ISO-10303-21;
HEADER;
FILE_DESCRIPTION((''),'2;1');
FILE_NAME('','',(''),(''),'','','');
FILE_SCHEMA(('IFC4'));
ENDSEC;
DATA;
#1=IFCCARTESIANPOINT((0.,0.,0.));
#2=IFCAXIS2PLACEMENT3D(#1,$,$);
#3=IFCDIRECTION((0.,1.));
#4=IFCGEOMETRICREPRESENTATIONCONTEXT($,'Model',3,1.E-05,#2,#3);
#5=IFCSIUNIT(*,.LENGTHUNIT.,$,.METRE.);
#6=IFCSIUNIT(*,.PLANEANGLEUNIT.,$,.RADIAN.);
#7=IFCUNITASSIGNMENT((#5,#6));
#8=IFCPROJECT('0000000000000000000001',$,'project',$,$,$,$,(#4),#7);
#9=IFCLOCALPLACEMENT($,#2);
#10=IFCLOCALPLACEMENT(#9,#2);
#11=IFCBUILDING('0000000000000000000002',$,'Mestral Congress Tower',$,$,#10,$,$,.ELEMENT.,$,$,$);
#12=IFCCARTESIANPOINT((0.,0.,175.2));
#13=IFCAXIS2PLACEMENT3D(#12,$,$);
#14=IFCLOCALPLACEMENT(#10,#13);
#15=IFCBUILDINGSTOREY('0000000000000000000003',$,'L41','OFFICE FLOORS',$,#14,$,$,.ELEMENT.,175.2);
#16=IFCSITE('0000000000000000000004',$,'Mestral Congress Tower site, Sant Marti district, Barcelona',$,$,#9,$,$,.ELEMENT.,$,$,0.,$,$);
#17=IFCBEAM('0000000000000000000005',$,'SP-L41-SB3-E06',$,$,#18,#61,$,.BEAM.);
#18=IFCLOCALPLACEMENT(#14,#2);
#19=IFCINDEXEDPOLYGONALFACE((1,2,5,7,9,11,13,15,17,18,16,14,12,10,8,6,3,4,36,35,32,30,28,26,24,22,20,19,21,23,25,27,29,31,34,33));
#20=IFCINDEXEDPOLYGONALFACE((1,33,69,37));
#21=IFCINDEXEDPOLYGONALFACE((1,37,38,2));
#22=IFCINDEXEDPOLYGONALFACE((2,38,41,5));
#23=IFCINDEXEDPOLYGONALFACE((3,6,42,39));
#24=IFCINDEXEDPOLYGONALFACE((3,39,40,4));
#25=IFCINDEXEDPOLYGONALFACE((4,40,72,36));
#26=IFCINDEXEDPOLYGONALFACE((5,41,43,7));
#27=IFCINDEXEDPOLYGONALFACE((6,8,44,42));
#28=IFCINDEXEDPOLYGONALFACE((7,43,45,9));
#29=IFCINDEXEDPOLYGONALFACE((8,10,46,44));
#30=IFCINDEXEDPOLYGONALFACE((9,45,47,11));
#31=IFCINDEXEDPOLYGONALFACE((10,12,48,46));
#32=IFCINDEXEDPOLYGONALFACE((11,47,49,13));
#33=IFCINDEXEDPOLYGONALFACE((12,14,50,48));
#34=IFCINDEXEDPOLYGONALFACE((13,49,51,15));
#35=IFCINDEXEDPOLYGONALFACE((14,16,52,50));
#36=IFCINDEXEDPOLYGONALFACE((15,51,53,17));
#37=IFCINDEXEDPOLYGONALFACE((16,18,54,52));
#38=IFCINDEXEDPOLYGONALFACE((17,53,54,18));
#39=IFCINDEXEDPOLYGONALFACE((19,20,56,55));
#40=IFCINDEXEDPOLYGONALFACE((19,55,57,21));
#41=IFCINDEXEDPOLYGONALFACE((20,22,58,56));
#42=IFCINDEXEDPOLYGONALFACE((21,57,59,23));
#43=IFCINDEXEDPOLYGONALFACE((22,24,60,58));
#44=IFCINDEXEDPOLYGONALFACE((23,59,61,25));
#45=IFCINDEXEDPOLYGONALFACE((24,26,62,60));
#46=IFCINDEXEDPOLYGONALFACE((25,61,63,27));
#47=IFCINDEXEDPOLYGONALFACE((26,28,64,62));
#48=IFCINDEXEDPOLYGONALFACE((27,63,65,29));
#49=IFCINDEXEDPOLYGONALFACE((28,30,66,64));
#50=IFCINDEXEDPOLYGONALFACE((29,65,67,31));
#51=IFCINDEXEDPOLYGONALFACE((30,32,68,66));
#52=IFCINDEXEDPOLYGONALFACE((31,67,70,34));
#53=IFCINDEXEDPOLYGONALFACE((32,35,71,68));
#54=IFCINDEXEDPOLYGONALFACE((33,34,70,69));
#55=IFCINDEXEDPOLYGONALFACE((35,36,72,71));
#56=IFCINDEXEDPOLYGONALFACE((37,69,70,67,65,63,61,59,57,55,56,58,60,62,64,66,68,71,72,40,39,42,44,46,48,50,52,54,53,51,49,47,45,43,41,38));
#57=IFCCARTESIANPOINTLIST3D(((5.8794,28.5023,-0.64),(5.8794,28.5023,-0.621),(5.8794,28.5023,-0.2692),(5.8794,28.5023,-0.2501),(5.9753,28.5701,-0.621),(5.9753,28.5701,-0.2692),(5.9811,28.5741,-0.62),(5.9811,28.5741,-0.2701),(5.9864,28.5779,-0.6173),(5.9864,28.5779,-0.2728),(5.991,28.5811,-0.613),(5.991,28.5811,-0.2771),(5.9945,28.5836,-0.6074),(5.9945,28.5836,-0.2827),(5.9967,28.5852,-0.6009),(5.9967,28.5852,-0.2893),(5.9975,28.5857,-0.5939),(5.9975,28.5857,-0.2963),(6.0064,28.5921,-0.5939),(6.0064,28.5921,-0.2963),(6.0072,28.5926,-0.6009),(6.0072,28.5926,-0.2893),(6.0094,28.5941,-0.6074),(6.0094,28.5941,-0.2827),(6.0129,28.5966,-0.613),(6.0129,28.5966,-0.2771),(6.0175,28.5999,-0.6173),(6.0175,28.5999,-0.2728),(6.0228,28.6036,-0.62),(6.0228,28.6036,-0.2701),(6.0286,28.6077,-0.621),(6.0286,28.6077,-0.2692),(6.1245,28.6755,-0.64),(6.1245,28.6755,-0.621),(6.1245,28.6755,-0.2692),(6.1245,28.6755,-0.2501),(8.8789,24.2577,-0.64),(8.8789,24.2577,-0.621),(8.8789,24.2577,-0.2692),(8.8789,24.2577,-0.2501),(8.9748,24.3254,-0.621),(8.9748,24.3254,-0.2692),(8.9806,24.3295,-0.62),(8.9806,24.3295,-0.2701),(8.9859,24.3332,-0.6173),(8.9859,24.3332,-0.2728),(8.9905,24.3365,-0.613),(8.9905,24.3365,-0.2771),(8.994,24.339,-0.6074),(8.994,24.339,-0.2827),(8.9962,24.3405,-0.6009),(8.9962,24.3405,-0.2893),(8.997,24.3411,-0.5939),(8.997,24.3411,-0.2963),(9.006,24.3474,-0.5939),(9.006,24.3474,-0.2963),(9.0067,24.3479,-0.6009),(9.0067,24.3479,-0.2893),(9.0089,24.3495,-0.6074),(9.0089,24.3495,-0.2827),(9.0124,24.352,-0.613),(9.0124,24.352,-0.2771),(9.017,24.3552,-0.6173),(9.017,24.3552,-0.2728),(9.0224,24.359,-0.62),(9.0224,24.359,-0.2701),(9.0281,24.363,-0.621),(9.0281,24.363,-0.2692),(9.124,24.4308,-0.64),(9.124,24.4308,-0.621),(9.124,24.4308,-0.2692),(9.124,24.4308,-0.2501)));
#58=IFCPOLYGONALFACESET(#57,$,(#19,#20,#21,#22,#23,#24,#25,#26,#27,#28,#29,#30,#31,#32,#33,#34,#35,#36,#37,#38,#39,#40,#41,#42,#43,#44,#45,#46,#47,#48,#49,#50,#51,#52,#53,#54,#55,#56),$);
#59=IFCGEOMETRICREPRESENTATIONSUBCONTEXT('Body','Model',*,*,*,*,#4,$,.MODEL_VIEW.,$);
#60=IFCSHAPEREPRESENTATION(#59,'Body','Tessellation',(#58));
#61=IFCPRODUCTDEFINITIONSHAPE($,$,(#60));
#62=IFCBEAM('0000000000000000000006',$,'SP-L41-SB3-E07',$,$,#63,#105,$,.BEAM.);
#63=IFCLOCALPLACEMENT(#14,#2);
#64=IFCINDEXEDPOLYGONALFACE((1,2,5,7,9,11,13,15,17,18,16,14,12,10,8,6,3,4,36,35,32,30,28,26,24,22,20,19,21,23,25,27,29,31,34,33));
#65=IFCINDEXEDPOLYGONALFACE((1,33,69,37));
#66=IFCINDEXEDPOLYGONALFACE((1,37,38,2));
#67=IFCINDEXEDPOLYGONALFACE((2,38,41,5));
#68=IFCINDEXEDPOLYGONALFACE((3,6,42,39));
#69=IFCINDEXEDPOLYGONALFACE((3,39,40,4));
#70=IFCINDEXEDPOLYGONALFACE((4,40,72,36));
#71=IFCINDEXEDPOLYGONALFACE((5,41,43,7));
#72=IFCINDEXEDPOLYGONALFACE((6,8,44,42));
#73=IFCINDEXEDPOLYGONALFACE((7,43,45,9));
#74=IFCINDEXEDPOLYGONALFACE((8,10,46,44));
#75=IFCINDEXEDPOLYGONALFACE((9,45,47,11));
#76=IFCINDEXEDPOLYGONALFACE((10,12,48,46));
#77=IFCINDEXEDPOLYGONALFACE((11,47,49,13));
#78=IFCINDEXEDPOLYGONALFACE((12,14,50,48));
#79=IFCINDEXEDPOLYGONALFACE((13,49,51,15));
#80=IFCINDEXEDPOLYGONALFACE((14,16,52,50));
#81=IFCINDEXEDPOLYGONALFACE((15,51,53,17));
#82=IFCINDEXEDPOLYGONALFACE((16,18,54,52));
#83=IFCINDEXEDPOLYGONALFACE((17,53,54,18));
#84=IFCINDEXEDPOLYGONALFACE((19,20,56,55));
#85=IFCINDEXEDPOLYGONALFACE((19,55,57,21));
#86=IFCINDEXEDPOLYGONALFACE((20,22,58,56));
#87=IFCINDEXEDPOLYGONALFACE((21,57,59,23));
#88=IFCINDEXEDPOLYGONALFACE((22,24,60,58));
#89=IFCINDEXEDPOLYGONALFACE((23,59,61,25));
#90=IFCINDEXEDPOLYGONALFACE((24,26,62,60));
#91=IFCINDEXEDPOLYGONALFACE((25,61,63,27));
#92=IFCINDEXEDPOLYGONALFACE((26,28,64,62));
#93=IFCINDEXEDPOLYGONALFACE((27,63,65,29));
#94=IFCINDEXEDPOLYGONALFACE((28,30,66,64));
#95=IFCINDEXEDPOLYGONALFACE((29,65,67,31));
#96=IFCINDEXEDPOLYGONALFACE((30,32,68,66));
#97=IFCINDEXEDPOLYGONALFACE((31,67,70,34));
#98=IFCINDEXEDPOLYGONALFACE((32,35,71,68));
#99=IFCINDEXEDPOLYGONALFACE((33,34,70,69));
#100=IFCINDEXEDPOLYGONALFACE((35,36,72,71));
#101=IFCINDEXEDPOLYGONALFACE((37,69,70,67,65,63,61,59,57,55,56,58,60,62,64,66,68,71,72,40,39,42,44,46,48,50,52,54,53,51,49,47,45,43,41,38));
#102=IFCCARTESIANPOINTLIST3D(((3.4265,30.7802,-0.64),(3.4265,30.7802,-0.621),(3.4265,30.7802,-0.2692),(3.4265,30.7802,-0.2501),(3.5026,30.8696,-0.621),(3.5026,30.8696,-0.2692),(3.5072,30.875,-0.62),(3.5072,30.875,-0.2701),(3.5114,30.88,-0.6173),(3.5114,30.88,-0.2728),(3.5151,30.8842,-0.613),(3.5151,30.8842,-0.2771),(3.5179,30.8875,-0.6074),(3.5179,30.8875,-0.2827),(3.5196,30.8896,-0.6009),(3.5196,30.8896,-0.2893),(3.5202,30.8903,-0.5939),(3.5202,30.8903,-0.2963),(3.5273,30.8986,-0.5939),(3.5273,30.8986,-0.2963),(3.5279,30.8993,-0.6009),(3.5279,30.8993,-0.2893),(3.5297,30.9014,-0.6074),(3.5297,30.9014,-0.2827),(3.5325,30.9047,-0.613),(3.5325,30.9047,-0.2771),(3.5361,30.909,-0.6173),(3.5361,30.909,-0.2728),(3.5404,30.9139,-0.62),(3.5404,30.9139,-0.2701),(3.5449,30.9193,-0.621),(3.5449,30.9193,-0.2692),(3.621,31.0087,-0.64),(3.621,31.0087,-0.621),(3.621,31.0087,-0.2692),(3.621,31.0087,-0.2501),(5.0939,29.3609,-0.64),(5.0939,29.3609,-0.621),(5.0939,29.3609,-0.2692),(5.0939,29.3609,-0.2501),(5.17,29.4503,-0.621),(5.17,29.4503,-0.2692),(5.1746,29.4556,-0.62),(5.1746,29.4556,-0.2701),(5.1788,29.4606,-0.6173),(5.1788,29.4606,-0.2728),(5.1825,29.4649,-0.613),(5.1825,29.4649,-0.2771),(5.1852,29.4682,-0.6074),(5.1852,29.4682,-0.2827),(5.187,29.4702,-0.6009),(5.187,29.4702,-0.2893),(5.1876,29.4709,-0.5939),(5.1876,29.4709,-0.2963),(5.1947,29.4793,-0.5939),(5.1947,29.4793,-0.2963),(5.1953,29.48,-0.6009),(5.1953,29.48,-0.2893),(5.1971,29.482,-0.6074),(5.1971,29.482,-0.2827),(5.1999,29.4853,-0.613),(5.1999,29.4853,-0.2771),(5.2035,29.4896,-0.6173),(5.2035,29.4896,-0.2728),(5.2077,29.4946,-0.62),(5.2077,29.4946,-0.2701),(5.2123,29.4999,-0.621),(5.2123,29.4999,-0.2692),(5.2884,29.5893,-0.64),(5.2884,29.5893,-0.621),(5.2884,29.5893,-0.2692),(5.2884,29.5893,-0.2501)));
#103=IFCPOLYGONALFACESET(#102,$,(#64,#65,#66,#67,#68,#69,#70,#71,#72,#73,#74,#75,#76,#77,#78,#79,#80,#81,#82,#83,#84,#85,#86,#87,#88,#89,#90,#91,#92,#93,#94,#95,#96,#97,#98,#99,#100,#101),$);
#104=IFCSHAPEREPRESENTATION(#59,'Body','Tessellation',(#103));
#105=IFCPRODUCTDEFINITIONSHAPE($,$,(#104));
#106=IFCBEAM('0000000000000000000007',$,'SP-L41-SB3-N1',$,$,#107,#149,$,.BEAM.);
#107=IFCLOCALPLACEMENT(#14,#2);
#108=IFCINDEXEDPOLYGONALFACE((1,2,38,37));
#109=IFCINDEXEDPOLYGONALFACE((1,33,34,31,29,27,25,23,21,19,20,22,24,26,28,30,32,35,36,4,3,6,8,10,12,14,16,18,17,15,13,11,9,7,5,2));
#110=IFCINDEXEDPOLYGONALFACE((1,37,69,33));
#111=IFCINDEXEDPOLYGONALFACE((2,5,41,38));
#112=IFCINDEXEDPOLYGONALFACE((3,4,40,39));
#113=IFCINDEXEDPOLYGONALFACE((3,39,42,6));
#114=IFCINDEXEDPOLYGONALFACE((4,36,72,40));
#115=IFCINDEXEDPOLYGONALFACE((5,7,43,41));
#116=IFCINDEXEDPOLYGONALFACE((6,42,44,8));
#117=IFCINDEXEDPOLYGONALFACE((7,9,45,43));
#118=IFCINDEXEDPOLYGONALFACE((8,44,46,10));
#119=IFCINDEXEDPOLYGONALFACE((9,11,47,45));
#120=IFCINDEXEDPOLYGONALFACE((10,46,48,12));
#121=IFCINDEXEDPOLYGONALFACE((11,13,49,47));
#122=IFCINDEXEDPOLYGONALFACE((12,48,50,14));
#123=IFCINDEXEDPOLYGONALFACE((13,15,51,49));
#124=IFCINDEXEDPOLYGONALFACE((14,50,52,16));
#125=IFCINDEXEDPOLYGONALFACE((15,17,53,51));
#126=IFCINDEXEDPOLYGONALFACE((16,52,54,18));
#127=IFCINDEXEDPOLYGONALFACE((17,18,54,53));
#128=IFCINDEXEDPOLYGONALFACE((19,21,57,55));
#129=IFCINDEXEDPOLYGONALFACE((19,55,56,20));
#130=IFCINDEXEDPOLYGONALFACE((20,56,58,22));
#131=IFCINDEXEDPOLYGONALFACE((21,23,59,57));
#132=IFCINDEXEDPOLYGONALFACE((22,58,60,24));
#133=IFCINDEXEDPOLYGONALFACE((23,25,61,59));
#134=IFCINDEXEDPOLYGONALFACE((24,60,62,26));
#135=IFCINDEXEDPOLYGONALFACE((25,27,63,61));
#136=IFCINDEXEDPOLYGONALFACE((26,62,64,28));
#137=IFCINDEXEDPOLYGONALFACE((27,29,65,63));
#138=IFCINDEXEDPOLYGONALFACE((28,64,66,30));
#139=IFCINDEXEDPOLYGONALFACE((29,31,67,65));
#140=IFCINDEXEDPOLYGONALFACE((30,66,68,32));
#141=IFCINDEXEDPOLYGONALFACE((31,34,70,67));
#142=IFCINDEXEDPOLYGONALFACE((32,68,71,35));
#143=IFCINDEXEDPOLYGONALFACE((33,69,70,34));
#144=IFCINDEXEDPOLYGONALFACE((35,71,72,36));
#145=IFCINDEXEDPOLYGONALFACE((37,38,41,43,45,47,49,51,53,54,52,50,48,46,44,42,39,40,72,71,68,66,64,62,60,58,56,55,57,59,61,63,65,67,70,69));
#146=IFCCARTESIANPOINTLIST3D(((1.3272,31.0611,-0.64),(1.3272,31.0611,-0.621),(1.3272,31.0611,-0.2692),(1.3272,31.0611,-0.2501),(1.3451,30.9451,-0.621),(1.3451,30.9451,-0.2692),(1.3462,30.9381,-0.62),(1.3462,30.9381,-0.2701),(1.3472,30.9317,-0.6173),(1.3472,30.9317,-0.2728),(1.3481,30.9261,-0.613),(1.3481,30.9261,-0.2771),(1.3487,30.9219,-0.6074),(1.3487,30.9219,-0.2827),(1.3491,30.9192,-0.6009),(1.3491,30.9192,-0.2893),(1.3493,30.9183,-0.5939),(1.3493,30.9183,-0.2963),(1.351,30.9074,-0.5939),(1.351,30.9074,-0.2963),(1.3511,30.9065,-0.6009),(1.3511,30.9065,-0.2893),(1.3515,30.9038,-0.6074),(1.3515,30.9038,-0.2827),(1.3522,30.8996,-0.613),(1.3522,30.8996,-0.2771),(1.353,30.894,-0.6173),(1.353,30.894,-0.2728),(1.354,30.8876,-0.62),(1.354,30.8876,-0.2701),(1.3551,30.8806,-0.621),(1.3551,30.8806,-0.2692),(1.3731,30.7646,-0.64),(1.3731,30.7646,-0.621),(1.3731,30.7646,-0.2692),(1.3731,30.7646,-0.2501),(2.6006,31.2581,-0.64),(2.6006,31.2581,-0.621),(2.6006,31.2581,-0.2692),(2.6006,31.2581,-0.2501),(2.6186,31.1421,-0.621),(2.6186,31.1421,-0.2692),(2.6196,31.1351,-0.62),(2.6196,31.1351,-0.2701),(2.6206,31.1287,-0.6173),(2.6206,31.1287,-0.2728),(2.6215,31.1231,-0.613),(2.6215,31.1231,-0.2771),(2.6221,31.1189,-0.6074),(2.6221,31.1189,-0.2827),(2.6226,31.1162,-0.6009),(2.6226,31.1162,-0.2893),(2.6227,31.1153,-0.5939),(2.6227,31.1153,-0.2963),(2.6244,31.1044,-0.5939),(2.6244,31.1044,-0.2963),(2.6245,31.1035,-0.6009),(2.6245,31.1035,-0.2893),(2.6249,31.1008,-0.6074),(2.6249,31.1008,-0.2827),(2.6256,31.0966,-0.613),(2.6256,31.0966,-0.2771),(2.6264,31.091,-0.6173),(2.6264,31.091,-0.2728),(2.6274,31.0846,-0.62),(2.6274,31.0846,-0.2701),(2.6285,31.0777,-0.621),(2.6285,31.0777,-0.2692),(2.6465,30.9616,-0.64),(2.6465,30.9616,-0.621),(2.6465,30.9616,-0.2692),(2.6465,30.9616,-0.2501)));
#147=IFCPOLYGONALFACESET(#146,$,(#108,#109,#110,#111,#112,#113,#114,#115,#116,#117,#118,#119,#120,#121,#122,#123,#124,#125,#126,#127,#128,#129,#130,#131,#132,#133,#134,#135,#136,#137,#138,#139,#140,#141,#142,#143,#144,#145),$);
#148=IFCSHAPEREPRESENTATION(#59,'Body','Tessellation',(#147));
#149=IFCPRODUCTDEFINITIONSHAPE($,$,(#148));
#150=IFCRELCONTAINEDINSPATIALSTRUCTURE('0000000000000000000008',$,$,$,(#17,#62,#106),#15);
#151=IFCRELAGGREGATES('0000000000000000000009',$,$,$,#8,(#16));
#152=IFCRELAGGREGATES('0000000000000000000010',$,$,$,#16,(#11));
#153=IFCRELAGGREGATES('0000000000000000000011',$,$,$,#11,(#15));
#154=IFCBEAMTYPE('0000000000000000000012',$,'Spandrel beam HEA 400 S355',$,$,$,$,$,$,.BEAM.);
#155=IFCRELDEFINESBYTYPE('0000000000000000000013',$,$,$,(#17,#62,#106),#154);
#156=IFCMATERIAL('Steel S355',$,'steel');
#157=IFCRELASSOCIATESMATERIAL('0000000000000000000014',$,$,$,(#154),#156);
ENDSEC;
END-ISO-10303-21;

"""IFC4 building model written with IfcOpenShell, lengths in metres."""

from ifc_helpers import new_model, si_unit, direction, frame, origin, origin_2d, place, context, subcontext, project, spatial, i_section, extrude, material, material_profile, profile_set, type_object, element, save


model = new_model("IFC4")

# Units and contexts
model_context = context("Model", 3, precision=1e-05, world=origin(), true_north=direction((0.0, 1.0)))
body_context = subcontext(model_context, "Body", "Model", "MODEL_VIEW")
ifc_project = project(units=[si_unit("LENGTHUNIT", "METRE"), si_unit("PLANEANGLEUNIT", "RADIAN")], contexts=[model_context])

# Site, building, storey
site_placement = place(None, origin())
site = spatial("IfcSite", under=ifc_project, at=site_placement, Name="Mestral Congress Tower site, Sant Marti district, Barcelona", CompositionType="ELEMENT", RefElevation=0.0)
building_placement = place(site_placement, origin())
building = spatial("IfcBuilding", under=site, at=building_placement, Name="Mestral Congress Tower", CompositionType="ELEMENT")
storey_placement = place(building_placement, frame((0.0, 0.0, 175.2)))
storey = spatial("IfcBuildingStorey", under=building, at=storey_placement, Name="L41", Description="OFFICE FLOORS", CompositionType="ELEMENT", Elevation=175.2)

# Beams
ifc_material_1 = material(Name="Steel S355", Category="steel")
ifc_material_profile_1 = material_profile(ifc_material_1, i_section(OverallWidth=0.3, OverallDepth=0.3899, WebThickness=0.011, FlangeThickness=0.019, FilletRadius=0.0271, at=origin_2d()), Name="HEA 400")
ifc_profile_set_1 = profile_set([ifc_material_profile_1], Name="Steel S355")
beam_type_1 = type_object("IfcBeamType", Name="Spandrel beam HEA 400 S355", PredefinedType="BEAM", material=ifc_profile_set_1)
beam_1_placement = place(storey_placement, frame((9.0015, 24.3442, -0.4451), z_axis=(-0.577107, 0.816668, 0.0), x_axis=(-0.816668, -0.577107, 0.0)))
element("IfcBeam", 1, at=beam_1_placement, inside=storey, type_object=beam_type_1, Name="SP-L41-SB3-E06", PredefinedType="BEAM", context=body_context, shape_type="SweptSolid", body=[
    extrude(i_section(OverallWidth=0.3, OverallDepth=0.3899, WebThickness=0.011, FlangeThickness=0.019, FilletRadius=0.0271, at=origin_2d()), origin(), (0.0, 0.0, 1.0), 5.1975),
])
beam_2_placement = place(storey_placement, frame((5.1912, 29.4751, -0.4451), z_axis=(-0.761471, 0.648198, 0.0), x_axis=(-0.648198, -0.761471, 0.0)))
element("IfcBeam", 2, at=beam_2_placement, inside=storey, type_object=beam_type_1, Name="SP-L41-SB3-E07", PredefinedType="BEAM", context=body_context, shape_type="SweptSolid", body=[
    extrude(i_section(OverallWidth=0.3, OverallDepth=0.3899, WebThickness=0.011, FlangeThickness=0.019, FilletRadius=0.0271, at=origin_2d()), origin(), (0.0, 0.0, 1.0), 2.1897),
])
beam_3_placement = place(storey_placement, frame((2.6235, 31.1099, -0.4451), z_axis=(-0.988242, -0.152897, 0.0), x_axis=(0.152897, -0.988242, 0.0)))
element("IfcBeam", 3, at=beam_3_placement, inside=storey, type_object=beam_type_1, Name="SP-L41-SB3-N1", PredefinedType="BEAM", context=body_context, shape_type="SweptSolid", body=[
    extrude(i_section(OverallWidth=0.3, OverallDepth=0.3899, WebThickness=0.011, FlangeThickness=0.019, FilletRadius=0.0271, at=origin_2d()), origin(), (0.0, 0.0, 1.0), 1.2886),
])

save(model, "model.ifc")
